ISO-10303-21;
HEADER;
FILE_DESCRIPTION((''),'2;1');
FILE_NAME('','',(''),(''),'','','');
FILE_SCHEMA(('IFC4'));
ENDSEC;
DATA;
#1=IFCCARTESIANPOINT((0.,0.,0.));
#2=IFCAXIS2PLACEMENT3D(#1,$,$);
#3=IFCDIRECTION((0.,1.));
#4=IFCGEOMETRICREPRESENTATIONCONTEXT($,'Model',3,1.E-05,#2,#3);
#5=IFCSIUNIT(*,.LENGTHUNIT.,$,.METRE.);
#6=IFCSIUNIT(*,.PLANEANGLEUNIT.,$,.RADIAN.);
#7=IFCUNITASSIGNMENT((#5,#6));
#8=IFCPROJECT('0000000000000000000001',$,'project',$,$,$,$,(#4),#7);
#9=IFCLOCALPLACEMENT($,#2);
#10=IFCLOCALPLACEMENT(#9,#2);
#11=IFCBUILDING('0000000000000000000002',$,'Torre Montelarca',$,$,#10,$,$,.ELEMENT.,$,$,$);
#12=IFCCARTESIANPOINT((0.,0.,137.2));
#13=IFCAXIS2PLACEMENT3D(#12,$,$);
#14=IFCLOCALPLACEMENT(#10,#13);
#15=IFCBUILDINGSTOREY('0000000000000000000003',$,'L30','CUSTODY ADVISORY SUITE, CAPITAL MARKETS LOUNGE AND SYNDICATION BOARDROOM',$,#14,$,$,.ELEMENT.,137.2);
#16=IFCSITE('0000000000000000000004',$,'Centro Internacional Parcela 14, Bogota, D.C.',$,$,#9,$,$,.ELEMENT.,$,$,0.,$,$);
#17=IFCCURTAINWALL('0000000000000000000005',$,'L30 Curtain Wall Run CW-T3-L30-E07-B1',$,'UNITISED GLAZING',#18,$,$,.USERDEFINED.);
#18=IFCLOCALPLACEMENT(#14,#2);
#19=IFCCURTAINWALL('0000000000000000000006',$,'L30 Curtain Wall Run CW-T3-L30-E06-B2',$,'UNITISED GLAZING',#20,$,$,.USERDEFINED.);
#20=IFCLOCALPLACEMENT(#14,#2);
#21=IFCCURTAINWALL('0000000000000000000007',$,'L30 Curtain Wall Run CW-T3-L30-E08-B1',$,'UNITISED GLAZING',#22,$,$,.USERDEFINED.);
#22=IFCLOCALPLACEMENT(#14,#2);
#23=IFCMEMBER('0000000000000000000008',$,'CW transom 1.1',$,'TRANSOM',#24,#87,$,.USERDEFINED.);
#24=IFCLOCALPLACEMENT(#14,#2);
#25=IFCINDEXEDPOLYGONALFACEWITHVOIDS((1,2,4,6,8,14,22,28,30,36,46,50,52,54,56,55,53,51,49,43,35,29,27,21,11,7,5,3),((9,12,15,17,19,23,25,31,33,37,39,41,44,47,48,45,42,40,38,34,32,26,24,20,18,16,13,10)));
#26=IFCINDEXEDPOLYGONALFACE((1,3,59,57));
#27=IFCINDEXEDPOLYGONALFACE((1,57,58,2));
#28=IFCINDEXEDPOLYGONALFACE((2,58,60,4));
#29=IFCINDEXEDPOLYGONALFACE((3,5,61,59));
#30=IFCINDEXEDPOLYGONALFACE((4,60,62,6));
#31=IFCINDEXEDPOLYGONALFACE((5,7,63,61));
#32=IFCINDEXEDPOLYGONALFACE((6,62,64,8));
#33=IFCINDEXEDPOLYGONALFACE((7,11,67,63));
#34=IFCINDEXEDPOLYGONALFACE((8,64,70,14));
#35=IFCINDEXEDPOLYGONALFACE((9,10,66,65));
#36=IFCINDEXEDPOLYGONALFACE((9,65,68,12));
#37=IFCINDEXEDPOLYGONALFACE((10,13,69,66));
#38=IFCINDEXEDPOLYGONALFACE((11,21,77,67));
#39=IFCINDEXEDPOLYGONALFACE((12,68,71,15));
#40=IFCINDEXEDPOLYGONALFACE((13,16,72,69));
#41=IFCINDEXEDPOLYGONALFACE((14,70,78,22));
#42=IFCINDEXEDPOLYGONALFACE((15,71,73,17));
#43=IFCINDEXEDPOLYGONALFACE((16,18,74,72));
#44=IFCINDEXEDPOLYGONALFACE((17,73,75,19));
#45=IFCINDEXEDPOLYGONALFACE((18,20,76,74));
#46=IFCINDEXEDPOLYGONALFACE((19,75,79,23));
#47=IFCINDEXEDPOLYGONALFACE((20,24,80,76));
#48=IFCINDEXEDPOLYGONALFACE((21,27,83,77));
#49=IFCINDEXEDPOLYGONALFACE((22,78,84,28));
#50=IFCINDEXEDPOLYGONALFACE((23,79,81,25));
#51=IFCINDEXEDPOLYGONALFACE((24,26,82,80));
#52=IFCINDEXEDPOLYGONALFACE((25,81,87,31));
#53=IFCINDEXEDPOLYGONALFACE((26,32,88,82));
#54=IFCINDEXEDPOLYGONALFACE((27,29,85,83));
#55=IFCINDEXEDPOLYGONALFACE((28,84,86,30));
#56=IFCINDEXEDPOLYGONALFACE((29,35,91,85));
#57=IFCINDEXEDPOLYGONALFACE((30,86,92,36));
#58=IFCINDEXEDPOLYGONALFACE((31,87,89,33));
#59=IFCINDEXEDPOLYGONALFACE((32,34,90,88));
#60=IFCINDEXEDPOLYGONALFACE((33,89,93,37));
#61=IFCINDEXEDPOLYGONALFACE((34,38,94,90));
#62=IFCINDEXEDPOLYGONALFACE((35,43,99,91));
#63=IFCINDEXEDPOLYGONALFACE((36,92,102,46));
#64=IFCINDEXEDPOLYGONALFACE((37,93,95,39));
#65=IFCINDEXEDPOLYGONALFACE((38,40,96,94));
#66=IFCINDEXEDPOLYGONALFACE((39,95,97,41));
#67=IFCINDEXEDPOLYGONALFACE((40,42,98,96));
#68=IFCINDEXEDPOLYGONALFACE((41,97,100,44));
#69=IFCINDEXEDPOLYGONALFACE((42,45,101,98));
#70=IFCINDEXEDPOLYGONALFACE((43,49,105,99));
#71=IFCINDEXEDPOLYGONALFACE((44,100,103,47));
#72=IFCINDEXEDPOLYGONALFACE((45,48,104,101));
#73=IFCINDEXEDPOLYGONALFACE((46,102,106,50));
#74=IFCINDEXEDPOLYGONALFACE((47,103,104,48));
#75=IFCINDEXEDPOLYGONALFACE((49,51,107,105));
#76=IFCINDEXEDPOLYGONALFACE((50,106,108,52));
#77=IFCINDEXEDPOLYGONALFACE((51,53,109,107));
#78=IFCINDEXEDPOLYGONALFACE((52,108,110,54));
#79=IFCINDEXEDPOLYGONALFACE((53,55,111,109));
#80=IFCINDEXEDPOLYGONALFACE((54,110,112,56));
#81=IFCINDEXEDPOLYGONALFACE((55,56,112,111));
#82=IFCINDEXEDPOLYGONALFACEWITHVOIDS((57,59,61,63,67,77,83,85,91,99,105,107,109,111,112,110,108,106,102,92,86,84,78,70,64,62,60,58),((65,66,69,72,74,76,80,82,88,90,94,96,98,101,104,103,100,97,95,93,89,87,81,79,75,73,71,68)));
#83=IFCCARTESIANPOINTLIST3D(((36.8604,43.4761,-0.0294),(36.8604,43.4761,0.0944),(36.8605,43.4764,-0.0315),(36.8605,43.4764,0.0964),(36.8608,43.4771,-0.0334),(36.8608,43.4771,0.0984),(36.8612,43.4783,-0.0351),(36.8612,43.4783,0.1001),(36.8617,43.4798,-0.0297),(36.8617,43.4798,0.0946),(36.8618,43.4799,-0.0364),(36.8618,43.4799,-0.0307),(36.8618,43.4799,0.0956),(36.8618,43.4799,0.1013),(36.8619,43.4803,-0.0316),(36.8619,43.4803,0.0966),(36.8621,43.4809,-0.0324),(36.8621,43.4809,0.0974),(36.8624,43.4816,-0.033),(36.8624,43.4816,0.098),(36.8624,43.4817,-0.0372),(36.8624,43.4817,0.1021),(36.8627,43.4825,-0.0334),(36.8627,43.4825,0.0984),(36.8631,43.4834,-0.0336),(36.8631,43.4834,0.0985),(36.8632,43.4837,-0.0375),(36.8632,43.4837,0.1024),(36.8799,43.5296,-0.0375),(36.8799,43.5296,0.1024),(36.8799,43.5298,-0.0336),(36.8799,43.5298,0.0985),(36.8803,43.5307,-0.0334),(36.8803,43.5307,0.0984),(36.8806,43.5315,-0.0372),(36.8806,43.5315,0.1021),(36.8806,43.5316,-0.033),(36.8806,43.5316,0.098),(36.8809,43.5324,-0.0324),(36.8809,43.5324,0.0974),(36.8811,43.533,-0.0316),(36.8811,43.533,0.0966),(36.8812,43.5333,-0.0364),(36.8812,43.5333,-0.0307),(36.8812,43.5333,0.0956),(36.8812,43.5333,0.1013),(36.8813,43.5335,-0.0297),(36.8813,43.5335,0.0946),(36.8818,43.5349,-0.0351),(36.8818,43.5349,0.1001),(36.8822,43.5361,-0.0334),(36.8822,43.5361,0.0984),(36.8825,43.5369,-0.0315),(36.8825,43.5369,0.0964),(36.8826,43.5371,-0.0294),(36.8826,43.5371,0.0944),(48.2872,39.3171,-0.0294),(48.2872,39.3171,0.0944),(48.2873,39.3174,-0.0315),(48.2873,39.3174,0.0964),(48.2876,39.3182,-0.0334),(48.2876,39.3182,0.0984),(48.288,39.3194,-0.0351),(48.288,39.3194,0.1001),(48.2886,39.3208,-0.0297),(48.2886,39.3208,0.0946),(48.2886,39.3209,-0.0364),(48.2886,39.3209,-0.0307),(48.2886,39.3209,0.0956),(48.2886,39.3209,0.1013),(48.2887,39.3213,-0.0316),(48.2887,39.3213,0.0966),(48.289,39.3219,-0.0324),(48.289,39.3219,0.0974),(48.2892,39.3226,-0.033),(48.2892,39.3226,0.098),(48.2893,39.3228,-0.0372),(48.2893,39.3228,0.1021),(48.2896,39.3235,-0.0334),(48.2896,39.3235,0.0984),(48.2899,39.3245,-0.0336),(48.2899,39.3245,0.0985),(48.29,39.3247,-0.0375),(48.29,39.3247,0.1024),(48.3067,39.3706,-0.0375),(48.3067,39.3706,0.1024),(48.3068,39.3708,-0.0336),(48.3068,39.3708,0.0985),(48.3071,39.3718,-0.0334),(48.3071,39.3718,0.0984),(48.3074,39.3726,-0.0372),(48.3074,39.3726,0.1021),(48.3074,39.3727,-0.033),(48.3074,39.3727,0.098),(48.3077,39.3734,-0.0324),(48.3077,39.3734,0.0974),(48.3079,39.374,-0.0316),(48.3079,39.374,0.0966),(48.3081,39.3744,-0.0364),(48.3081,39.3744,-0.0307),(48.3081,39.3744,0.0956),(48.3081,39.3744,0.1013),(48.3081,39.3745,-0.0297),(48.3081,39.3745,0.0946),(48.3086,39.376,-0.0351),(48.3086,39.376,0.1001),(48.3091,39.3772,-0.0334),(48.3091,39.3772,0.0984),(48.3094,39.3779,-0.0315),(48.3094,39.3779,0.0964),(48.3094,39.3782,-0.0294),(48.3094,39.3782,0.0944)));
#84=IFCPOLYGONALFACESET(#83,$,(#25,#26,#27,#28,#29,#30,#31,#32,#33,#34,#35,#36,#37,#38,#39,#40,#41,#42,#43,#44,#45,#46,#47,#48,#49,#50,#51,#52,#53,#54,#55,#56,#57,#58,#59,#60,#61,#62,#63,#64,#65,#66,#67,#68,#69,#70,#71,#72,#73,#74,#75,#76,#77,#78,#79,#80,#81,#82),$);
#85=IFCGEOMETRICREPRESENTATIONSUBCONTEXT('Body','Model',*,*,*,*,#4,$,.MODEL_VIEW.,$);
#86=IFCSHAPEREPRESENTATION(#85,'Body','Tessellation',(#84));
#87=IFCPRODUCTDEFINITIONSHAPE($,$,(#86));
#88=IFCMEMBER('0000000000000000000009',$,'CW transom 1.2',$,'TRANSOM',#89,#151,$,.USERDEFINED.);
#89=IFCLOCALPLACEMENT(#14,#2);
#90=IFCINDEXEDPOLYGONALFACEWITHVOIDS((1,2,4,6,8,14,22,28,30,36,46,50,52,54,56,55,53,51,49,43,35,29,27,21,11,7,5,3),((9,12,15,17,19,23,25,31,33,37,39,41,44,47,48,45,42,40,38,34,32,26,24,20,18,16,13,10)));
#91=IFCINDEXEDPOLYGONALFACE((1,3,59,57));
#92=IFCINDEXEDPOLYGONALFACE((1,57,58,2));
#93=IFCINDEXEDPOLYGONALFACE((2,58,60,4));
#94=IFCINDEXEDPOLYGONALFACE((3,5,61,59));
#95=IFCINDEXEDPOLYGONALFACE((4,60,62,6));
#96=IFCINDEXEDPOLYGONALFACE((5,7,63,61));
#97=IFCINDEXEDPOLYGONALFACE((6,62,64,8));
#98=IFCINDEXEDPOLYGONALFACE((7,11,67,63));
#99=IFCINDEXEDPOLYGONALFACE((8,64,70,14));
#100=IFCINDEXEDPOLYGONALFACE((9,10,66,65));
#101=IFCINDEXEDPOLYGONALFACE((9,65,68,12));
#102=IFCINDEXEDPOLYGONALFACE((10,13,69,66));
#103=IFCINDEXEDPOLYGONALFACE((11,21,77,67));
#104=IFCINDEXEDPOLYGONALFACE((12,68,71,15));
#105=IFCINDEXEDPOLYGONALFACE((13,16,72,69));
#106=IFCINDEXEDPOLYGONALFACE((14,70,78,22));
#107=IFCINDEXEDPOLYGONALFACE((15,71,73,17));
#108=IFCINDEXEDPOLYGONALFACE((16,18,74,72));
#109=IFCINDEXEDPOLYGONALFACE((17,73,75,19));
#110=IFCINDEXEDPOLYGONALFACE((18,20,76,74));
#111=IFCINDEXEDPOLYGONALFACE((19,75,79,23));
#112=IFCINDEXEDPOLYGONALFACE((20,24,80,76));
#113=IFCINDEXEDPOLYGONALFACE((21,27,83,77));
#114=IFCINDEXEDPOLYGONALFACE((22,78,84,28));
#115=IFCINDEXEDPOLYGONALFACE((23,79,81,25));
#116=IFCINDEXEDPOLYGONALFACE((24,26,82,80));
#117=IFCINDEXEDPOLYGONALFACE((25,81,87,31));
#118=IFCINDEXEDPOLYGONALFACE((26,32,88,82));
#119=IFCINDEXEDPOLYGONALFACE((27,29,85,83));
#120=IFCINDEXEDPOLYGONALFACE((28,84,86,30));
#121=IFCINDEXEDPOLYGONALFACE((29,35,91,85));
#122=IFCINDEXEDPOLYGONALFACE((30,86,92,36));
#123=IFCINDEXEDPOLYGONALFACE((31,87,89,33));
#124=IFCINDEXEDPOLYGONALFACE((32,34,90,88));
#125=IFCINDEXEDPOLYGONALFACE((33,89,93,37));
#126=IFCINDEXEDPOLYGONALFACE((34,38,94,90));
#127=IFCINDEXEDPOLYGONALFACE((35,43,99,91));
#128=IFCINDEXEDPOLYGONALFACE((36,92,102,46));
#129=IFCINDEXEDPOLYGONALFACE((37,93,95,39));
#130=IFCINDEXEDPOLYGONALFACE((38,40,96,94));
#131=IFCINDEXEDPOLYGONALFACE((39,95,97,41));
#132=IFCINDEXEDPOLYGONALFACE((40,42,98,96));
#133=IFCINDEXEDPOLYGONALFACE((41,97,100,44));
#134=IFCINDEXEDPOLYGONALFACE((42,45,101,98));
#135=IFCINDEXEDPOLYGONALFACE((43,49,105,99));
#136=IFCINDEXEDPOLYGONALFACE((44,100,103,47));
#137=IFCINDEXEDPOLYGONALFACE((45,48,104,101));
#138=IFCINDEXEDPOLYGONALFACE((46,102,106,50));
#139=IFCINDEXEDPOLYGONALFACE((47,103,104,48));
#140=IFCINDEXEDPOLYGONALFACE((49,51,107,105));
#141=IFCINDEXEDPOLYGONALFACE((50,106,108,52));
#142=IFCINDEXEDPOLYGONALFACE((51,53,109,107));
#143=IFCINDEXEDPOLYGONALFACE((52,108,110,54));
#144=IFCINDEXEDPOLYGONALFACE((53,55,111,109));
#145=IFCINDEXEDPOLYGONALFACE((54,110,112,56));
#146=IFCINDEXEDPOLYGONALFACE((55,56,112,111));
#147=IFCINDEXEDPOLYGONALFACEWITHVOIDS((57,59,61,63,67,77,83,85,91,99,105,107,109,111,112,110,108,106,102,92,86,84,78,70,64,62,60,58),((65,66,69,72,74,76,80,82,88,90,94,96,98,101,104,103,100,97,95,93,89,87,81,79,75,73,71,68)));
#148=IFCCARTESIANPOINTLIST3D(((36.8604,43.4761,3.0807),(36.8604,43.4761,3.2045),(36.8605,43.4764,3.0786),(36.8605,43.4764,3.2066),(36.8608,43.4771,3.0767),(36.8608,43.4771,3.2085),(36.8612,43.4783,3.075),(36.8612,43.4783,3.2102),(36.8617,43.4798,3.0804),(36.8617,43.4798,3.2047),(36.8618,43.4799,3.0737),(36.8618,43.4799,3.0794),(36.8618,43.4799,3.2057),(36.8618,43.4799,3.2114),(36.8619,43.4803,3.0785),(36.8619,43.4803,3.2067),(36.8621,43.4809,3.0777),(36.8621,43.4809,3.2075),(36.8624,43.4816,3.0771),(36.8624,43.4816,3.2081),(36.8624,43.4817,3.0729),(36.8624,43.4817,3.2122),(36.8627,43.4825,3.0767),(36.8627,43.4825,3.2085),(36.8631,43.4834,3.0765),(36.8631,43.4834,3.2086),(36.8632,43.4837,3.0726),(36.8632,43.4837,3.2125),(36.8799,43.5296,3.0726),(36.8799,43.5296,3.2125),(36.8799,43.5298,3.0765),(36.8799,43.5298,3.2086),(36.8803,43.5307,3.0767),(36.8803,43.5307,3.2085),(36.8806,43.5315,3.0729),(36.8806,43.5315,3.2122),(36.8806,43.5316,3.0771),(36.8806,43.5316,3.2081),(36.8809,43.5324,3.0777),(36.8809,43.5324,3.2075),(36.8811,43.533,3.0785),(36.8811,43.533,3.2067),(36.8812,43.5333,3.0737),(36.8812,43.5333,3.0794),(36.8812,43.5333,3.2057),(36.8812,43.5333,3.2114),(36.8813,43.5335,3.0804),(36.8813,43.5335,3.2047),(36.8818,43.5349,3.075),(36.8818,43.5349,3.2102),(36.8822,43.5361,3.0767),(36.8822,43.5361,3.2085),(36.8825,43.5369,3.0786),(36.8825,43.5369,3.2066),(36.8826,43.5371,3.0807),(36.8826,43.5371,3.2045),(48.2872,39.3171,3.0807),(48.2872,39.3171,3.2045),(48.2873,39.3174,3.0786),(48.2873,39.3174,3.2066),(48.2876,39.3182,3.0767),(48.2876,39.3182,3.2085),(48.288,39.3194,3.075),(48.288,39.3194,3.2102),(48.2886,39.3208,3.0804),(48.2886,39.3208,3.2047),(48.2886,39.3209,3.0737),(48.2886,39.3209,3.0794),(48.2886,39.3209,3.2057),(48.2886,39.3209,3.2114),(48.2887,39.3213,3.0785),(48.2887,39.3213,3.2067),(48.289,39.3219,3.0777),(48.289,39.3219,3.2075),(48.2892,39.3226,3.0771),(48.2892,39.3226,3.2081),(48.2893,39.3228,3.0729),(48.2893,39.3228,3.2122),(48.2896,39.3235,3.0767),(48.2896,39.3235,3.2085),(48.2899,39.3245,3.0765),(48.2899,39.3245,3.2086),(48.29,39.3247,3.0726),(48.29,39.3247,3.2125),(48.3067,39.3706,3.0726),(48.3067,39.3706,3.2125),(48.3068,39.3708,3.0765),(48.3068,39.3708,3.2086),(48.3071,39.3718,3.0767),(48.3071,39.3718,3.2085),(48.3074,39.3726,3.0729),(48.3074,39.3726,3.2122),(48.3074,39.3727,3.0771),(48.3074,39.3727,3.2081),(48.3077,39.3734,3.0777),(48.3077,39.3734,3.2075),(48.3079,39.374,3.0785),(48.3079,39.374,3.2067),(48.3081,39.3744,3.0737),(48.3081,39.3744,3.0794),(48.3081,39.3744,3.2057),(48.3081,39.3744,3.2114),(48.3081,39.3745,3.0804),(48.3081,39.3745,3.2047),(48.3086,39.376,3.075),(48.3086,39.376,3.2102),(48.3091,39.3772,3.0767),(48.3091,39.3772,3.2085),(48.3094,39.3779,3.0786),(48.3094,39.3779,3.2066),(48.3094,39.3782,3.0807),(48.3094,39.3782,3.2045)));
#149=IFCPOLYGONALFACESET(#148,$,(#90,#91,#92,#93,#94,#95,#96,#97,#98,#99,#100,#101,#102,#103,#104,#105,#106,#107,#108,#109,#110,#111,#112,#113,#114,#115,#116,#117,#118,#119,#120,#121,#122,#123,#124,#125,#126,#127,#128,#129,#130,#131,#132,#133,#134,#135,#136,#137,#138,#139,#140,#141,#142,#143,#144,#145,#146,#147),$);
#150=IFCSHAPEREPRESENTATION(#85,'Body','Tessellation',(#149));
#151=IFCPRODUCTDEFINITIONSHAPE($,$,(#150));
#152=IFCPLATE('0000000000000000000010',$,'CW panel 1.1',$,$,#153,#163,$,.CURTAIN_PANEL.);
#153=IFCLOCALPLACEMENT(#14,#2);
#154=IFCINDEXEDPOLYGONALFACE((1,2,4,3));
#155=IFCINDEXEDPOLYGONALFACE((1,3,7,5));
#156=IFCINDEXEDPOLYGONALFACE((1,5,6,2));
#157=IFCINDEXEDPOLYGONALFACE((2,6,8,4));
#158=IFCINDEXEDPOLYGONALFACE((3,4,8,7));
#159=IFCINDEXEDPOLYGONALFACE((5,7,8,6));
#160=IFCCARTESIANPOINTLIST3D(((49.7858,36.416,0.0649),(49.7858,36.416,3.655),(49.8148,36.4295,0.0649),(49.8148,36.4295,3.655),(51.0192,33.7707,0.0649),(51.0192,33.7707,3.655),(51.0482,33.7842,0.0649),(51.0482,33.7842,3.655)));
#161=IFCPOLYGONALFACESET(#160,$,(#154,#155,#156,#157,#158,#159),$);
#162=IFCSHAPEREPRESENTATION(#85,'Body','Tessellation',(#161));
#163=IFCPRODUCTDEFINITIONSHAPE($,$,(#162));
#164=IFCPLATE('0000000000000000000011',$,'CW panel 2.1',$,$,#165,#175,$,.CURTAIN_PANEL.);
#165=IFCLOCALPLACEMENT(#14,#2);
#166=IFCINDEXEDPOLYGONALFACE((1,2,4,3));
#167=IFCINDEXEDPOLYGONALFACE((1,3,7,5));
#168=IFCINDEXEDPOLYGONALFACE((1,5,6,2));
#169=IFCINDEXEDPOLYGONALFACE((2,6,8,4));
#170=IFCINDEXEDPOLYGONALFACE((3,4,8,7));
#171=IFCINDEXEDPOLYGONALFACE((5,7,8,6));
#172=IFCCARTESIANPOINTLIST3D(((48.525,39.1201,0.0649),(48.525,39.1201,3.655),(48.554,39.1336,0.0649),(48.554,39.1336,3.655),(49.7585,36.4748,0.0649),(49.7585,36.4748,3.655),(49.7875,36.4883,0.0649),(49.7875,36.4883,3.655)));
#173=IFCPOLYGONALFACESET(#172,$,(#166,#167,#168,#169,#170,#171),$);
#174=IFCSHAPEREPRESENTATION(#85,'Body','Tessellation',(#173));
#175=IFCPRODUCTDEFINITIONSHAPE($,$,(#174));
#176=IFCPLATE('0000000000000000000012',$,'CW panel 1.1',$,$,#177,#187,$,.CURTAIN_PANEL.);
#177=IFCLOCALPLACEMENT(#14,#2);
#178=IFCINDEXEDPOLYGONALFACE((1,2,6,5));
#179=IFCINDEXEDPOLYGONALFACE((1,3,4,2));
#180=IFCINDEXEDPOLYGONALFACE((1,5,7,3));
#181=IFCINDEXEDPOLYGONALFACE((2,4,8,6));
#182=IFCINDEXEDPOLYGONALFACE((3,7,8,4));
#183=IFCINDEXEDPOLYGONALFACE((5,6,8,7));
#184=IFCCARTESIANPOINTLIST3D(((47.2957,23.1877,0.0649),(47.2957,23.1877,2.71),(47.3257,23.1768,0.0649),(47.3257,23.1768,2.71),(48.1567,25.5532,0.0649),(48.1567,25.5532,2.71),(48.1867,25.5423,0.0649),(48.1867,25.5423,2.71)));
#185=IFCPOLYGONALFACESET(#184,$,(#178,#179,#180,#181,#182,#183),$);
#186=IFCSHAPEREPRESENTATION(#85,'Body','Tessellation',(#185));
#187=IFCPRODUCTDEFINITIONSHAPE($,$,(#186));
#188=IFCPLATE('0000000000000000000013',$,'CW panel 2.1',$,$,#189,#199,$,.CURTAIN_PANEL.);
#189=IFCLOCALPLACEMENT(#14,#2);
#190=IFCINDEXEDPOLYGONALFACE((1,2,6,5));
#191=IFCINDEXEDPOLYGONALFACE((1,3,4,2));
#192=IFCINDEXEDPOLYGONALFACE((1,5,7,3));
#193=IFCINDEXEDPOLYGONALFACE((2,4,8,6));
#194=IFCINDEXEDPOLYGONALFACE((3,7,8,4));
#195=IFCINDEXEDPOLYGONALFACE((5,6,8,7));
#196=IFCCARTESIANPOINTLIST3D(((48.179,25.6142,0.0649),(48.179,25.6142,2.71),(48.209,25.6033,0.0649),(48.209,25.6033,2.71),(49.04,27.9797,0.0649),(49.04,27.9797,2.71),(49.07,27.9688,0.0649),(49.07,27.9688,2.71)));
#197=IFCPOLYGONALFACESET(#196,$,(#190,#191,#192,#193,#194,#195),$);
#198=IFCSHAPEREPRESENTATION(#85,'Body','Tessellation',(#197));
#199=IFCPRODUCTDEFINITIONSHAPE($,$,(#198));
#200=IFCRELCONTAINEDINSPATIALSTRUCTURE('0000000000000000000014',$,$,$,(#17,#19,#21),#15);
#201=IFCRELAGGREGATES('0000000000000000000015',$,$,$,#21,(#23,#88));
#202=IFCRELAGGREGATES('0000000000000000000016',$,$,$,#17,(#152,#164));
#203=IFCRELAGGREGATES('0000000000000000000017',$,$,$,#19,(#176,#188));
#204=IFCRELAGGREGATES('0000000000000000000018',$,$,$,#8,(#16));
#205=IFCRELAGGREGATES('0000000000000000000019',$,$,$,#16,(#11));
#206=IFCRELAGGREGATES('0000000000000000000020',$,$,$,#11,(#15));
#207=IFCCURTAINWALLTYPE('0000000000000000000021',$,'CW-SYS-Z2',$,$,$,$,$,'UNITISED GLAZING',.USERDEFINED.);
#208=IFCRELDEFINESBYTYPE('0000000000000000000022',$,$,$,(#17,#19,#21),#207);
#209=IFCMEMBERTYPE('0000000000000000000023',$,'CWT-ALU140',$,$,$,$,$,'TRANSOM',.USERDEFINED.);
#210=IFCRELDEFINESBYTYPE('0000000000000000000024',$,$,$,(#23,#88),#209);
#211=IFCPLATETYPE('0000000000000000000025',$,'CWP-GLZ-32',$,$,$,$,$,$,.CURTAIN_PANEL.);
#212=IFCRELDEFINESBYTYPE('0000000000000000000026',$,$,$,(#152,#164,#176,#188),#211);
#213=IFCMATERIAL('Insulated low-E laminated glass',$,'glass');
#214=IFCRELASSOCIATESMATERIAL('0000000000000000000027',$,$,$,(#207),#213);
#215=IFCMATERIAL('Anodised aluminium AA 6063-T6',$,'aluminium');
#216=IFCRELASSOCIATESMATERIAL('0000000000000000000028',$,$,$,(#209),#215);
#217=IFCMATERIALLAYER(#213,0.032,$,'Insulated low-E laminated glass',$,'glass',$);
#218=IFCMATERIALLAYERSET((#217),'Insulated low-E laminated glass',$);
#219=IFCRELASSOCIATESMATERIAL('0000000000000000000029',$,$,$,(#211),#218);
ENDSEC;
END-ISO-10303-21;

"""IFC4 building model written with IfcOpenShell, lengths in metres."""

from ifc_helpers import new_model, si_unit, direction, frame, origin, origin_2d, place, context, subcontext, project, spatial, rectangle, hollow_rectangle, extrude, source, transform, mapped, material, layer, layer_set, material_profile, profile_set, type_object, element, aggregate, save


model = new_model("IFC4")

# Units and contexts
model_context = context("Model", 3, precision=1e-05, world=origin(), true_north=direction((0.0, 1.0)))
body_context = subcontext(model_context, "Body", "Model", "MODEL_VIEW")
ifc_project = project(units=[si_unit("LENGTHUNIT", "METRE"), si_unit("PLANEANGLEUNIT", "RADIAN")], contexts=[model_context])

# Site, building, storey
site_placement = place(None, origin())
site = spatial("IfcSite", under=ifc_project, at=site_placement, Name="Centro Internacional Parcela 14, Bogota, D.C.", CompositionType="ELEMENT", RefElevation=0.0)
building_placement = place(site_placement, origin())
building = spatial("IfcBuilding", under=site, at=building_placement, Name="Torre Montelarca", CompositionType="ELEMENT")
storey_placement = place(building_placement, frame((0.0, 0.0, 137.2)))
storey = spatial("IfcBuildingStorey", under=building, at=storey_placement, Name="L30", Description="CUSTODY ADVISORY SUITE, CAPITAL MARKETS LOUNGE AND SYNDICATION BOARDROOM", CompositionType="ELEMENT", Elevation=137.2)

# Curtain walls
ifc_material_1 = material(Name="Insulated low-E laminated glass", Category="glass")
curtain_wall_type = type_object("IfcCurtainWallType", Name="CW-SYS-Z2", ElementType="UNITISED GLAZING", PredefinedType="USERDEFINED", material=ifc_material_1)
curtain_wall_1_placement = place(storey_placement, origin())
curtain_wall_1 = element("IfcCurtainWall", 1, at=curtain_wall_1_placement, inside=storey, type_object=curtain_wall_type, Name="L30 Curtain Wall Run CW-T3-L30-E07-B1", ObjectType="UNITISED GLAZING", PredefinedType="USERDEFINED")
ifc_material_2 = material(Name="Anodised aluminium AA 6063-T6", Category="aluminium")
ifc_material_profile_1 = material_profile(ifc_material_2, hollow_rectangle(XDim=0.0649, YDim=0.1399, WallThickness=0.0039, InnerFilletRadius=0.0039, OuterFilletRadius=0.0081, at=origin_2d()), Name="ALU65X140X4", Category="aluminium")
ifc_profile_set_1 = profile_set([ifc_material_profile_1], Name="Anodised aluminium AA 6063-T6")
member_type_1 = type_object("IfcMemberType", Name="CWT-ALU140", ElementType="TRANSOM", PredefinedType="USERDEFINED", material=ifc_profile_set_1)
curtain_wall_2_placement = place(storey_placement, origin())
curtain_wall_2 = element("IfcCurtainWall", 2, at=curtain_wall_2_placement, inside=storey, type_object=curtain_wall_type, Name="L30 Curtain Wall Run CW-T3-L30-E06-B2", ObjectType="UNITISED GLAZING", PredefinedType="USERDEFINED")

# Curtain wall, members
curtain_wall_3_placement = place(storey_placement, origin())
curtain_wall_3 = element("IfcCurtainWall", 3, at=curtain_wall_3_placement, inside=storey, type_object=curtain_wall_type, Name="L30 Curtain Wall Run CW-T3-L30-E08-B1", ObjectType="UNITISED GLAZING", PredefinedType="USERDEFINED")
shared_shape_1 = source(origin(), body_context, "Body", "SweptSolid", [
    extrude(hollow_rectangle(XDim=0.0649, YDim=0.1399, WallThickness=0.0039, InnerFilletRadius=0.0039, OuterFilletRadius=0.0081, at=origin_2d()), origin(), (0.0, 0.0, 1.0), 12.1602),
])
member_1_placement = place(storey_placement, frame((48.2983, 39.3477, 0.0325), z_axis=(-0.939694, 0.342015, 0.0), x_axis=(-0.342015, -0.939694, 0.0)))
member_1 = element("IfcMember", 4, at=member_1_placement, type_object=member_type_1, Name="CW transom 1.1", ObjectType="TRANSOM", PredefinedType="USERDEFINED", context=body_context, shape_type="MappedRepresentation", body=[
    mapped(shared_shape_1, transform((0.0, 0.0, 0.0), scale=1.0)),
])
member_2_placement = place(storey_placement, frame((48.2983, 39.3477, 3.1426), z_axis=(-0.939694, 0.342015, 0.0), x_axis=(-0.342015, -0.939694, 0.0)))
member_2 = element("IfcMember", 5, at=member_2_placement, type_object=member_type_1, Name="CW transom 1.2", ObjectType="TRANSOM", PredefinedType="USERDEFINED", context=body_context, shape_type="MappedRepresentation", body=[
    mapped(shared_shape_1, transform((0.0, 0.0, 0.0), scale=1.0)),
])
aggregate(curtain_wall_3, [member_1, member_2])

# Plates
ifc_layer_1 = layer(ifc_material_1, 0.032, Name="Insulated low-E laminated glass", Category="glass")
ifc_layer_set_1 = layer_set([ifc_layer_1], Name="Insulated low-E laminated glass")
plate_type = type_object("IfcPlateType", Name="CWP-GLZ-32", PredefinedType="CURTAIN_PANEL", material=ifc_layer_set_1)
shared_shape_2 = source(origin(), body_context, "Body", "SweptSolid", [
    extrude(rectangle(XDim=2.9187, YDim=0.032, at=origin_2d()), origin(), (0.0, 0.0, 1.0), 3.5901),
])
plate_1_placement = place(storey_placement, frame((50.417, 35.1001, 0.0649), z_axis=(0.0, 0.0, 1.0), x_axis=(-0.422598, 0.906317, 0.0)))
plate_1 = element("IfcPlate", 6, at=plate_1_placement, type_object=plate_type, Name="CW panel 1.1", PredefinedType="CURTAIN_PANEL", context=body_context, shape_type="MappedRepresentation", body=[
    mapped(shared_shape_2, transform((0.0, 0.0, 0.0), scale=1.0)),
])
plate_2_placement = place(storey_placement, frame((49.1562, 37.8042, 0.0649), z_axis=(0.0, 0.0, 1.0), x_axis=(-0.422598, 0.906317, 0.0)))
plate_2 = element("IfcPlate", 7, at=plate_2_placement, type_object=plate_type, Name="CW panel 2.1", PredefinedType="CURTAIN_PANEL", context=body_context, shape_type="MappedRepresentation", body=[
    mapped(shared_shape_2, transform((0.0, 0.0, 0.0), scale=1.0)),
])
aggregate(curtain_wall_1, [plate_1, plate_2])
shared_shape_3 = source(origin(), body_context, "Body", "SweptSolid", [
    extrude(rectangle(XDim=2.5173, YDim=0.032, at=origin_2d()), origin(), (0.0, 0.0, 1.0), 2.645),
])
plate_3_placement = place(storey_placement, frame((47.7412, 24.365, 0.0649), z_axis=(0.0, 0.0, 1.0), x_axis=(0.342022, 0.939692, 0.0)))
plate_3 = element("IfcPlate", 8, at=plate_3_placement, type_object=plate_type, Name="CW panel 1.1", PredefinedType="CURTAIN_PANEL", context=body_context, shape_type="MappedRepresentation", body=[
    mapped(shared_shape_3, transform((0.0, 0.0, 0.0), scale=1.0)),
])
plate_4_placement = place(storey_placement, frame((48.6245, 26.7915, 0.0649), z_axis=(0.0, 0.0, 1.0), x_axis=(0.342022, 0.939692, 0.0)))
plate_4 = element("IfcPlate", 9, at=plate_4_placement, type_object=plate_type, Name="CW panel 2.1", PredefinedType="CURTAIN_PANEL", context=body_context, shape_type="MappedRepresentation", body=[
    mapped(shared_shape_3, transform((0.0, 0.0, 0.0), scale=1.0)),
])
aggregate(curtain_wall_2, [plate_3, plate_4])

save(model, "model.ifc")
